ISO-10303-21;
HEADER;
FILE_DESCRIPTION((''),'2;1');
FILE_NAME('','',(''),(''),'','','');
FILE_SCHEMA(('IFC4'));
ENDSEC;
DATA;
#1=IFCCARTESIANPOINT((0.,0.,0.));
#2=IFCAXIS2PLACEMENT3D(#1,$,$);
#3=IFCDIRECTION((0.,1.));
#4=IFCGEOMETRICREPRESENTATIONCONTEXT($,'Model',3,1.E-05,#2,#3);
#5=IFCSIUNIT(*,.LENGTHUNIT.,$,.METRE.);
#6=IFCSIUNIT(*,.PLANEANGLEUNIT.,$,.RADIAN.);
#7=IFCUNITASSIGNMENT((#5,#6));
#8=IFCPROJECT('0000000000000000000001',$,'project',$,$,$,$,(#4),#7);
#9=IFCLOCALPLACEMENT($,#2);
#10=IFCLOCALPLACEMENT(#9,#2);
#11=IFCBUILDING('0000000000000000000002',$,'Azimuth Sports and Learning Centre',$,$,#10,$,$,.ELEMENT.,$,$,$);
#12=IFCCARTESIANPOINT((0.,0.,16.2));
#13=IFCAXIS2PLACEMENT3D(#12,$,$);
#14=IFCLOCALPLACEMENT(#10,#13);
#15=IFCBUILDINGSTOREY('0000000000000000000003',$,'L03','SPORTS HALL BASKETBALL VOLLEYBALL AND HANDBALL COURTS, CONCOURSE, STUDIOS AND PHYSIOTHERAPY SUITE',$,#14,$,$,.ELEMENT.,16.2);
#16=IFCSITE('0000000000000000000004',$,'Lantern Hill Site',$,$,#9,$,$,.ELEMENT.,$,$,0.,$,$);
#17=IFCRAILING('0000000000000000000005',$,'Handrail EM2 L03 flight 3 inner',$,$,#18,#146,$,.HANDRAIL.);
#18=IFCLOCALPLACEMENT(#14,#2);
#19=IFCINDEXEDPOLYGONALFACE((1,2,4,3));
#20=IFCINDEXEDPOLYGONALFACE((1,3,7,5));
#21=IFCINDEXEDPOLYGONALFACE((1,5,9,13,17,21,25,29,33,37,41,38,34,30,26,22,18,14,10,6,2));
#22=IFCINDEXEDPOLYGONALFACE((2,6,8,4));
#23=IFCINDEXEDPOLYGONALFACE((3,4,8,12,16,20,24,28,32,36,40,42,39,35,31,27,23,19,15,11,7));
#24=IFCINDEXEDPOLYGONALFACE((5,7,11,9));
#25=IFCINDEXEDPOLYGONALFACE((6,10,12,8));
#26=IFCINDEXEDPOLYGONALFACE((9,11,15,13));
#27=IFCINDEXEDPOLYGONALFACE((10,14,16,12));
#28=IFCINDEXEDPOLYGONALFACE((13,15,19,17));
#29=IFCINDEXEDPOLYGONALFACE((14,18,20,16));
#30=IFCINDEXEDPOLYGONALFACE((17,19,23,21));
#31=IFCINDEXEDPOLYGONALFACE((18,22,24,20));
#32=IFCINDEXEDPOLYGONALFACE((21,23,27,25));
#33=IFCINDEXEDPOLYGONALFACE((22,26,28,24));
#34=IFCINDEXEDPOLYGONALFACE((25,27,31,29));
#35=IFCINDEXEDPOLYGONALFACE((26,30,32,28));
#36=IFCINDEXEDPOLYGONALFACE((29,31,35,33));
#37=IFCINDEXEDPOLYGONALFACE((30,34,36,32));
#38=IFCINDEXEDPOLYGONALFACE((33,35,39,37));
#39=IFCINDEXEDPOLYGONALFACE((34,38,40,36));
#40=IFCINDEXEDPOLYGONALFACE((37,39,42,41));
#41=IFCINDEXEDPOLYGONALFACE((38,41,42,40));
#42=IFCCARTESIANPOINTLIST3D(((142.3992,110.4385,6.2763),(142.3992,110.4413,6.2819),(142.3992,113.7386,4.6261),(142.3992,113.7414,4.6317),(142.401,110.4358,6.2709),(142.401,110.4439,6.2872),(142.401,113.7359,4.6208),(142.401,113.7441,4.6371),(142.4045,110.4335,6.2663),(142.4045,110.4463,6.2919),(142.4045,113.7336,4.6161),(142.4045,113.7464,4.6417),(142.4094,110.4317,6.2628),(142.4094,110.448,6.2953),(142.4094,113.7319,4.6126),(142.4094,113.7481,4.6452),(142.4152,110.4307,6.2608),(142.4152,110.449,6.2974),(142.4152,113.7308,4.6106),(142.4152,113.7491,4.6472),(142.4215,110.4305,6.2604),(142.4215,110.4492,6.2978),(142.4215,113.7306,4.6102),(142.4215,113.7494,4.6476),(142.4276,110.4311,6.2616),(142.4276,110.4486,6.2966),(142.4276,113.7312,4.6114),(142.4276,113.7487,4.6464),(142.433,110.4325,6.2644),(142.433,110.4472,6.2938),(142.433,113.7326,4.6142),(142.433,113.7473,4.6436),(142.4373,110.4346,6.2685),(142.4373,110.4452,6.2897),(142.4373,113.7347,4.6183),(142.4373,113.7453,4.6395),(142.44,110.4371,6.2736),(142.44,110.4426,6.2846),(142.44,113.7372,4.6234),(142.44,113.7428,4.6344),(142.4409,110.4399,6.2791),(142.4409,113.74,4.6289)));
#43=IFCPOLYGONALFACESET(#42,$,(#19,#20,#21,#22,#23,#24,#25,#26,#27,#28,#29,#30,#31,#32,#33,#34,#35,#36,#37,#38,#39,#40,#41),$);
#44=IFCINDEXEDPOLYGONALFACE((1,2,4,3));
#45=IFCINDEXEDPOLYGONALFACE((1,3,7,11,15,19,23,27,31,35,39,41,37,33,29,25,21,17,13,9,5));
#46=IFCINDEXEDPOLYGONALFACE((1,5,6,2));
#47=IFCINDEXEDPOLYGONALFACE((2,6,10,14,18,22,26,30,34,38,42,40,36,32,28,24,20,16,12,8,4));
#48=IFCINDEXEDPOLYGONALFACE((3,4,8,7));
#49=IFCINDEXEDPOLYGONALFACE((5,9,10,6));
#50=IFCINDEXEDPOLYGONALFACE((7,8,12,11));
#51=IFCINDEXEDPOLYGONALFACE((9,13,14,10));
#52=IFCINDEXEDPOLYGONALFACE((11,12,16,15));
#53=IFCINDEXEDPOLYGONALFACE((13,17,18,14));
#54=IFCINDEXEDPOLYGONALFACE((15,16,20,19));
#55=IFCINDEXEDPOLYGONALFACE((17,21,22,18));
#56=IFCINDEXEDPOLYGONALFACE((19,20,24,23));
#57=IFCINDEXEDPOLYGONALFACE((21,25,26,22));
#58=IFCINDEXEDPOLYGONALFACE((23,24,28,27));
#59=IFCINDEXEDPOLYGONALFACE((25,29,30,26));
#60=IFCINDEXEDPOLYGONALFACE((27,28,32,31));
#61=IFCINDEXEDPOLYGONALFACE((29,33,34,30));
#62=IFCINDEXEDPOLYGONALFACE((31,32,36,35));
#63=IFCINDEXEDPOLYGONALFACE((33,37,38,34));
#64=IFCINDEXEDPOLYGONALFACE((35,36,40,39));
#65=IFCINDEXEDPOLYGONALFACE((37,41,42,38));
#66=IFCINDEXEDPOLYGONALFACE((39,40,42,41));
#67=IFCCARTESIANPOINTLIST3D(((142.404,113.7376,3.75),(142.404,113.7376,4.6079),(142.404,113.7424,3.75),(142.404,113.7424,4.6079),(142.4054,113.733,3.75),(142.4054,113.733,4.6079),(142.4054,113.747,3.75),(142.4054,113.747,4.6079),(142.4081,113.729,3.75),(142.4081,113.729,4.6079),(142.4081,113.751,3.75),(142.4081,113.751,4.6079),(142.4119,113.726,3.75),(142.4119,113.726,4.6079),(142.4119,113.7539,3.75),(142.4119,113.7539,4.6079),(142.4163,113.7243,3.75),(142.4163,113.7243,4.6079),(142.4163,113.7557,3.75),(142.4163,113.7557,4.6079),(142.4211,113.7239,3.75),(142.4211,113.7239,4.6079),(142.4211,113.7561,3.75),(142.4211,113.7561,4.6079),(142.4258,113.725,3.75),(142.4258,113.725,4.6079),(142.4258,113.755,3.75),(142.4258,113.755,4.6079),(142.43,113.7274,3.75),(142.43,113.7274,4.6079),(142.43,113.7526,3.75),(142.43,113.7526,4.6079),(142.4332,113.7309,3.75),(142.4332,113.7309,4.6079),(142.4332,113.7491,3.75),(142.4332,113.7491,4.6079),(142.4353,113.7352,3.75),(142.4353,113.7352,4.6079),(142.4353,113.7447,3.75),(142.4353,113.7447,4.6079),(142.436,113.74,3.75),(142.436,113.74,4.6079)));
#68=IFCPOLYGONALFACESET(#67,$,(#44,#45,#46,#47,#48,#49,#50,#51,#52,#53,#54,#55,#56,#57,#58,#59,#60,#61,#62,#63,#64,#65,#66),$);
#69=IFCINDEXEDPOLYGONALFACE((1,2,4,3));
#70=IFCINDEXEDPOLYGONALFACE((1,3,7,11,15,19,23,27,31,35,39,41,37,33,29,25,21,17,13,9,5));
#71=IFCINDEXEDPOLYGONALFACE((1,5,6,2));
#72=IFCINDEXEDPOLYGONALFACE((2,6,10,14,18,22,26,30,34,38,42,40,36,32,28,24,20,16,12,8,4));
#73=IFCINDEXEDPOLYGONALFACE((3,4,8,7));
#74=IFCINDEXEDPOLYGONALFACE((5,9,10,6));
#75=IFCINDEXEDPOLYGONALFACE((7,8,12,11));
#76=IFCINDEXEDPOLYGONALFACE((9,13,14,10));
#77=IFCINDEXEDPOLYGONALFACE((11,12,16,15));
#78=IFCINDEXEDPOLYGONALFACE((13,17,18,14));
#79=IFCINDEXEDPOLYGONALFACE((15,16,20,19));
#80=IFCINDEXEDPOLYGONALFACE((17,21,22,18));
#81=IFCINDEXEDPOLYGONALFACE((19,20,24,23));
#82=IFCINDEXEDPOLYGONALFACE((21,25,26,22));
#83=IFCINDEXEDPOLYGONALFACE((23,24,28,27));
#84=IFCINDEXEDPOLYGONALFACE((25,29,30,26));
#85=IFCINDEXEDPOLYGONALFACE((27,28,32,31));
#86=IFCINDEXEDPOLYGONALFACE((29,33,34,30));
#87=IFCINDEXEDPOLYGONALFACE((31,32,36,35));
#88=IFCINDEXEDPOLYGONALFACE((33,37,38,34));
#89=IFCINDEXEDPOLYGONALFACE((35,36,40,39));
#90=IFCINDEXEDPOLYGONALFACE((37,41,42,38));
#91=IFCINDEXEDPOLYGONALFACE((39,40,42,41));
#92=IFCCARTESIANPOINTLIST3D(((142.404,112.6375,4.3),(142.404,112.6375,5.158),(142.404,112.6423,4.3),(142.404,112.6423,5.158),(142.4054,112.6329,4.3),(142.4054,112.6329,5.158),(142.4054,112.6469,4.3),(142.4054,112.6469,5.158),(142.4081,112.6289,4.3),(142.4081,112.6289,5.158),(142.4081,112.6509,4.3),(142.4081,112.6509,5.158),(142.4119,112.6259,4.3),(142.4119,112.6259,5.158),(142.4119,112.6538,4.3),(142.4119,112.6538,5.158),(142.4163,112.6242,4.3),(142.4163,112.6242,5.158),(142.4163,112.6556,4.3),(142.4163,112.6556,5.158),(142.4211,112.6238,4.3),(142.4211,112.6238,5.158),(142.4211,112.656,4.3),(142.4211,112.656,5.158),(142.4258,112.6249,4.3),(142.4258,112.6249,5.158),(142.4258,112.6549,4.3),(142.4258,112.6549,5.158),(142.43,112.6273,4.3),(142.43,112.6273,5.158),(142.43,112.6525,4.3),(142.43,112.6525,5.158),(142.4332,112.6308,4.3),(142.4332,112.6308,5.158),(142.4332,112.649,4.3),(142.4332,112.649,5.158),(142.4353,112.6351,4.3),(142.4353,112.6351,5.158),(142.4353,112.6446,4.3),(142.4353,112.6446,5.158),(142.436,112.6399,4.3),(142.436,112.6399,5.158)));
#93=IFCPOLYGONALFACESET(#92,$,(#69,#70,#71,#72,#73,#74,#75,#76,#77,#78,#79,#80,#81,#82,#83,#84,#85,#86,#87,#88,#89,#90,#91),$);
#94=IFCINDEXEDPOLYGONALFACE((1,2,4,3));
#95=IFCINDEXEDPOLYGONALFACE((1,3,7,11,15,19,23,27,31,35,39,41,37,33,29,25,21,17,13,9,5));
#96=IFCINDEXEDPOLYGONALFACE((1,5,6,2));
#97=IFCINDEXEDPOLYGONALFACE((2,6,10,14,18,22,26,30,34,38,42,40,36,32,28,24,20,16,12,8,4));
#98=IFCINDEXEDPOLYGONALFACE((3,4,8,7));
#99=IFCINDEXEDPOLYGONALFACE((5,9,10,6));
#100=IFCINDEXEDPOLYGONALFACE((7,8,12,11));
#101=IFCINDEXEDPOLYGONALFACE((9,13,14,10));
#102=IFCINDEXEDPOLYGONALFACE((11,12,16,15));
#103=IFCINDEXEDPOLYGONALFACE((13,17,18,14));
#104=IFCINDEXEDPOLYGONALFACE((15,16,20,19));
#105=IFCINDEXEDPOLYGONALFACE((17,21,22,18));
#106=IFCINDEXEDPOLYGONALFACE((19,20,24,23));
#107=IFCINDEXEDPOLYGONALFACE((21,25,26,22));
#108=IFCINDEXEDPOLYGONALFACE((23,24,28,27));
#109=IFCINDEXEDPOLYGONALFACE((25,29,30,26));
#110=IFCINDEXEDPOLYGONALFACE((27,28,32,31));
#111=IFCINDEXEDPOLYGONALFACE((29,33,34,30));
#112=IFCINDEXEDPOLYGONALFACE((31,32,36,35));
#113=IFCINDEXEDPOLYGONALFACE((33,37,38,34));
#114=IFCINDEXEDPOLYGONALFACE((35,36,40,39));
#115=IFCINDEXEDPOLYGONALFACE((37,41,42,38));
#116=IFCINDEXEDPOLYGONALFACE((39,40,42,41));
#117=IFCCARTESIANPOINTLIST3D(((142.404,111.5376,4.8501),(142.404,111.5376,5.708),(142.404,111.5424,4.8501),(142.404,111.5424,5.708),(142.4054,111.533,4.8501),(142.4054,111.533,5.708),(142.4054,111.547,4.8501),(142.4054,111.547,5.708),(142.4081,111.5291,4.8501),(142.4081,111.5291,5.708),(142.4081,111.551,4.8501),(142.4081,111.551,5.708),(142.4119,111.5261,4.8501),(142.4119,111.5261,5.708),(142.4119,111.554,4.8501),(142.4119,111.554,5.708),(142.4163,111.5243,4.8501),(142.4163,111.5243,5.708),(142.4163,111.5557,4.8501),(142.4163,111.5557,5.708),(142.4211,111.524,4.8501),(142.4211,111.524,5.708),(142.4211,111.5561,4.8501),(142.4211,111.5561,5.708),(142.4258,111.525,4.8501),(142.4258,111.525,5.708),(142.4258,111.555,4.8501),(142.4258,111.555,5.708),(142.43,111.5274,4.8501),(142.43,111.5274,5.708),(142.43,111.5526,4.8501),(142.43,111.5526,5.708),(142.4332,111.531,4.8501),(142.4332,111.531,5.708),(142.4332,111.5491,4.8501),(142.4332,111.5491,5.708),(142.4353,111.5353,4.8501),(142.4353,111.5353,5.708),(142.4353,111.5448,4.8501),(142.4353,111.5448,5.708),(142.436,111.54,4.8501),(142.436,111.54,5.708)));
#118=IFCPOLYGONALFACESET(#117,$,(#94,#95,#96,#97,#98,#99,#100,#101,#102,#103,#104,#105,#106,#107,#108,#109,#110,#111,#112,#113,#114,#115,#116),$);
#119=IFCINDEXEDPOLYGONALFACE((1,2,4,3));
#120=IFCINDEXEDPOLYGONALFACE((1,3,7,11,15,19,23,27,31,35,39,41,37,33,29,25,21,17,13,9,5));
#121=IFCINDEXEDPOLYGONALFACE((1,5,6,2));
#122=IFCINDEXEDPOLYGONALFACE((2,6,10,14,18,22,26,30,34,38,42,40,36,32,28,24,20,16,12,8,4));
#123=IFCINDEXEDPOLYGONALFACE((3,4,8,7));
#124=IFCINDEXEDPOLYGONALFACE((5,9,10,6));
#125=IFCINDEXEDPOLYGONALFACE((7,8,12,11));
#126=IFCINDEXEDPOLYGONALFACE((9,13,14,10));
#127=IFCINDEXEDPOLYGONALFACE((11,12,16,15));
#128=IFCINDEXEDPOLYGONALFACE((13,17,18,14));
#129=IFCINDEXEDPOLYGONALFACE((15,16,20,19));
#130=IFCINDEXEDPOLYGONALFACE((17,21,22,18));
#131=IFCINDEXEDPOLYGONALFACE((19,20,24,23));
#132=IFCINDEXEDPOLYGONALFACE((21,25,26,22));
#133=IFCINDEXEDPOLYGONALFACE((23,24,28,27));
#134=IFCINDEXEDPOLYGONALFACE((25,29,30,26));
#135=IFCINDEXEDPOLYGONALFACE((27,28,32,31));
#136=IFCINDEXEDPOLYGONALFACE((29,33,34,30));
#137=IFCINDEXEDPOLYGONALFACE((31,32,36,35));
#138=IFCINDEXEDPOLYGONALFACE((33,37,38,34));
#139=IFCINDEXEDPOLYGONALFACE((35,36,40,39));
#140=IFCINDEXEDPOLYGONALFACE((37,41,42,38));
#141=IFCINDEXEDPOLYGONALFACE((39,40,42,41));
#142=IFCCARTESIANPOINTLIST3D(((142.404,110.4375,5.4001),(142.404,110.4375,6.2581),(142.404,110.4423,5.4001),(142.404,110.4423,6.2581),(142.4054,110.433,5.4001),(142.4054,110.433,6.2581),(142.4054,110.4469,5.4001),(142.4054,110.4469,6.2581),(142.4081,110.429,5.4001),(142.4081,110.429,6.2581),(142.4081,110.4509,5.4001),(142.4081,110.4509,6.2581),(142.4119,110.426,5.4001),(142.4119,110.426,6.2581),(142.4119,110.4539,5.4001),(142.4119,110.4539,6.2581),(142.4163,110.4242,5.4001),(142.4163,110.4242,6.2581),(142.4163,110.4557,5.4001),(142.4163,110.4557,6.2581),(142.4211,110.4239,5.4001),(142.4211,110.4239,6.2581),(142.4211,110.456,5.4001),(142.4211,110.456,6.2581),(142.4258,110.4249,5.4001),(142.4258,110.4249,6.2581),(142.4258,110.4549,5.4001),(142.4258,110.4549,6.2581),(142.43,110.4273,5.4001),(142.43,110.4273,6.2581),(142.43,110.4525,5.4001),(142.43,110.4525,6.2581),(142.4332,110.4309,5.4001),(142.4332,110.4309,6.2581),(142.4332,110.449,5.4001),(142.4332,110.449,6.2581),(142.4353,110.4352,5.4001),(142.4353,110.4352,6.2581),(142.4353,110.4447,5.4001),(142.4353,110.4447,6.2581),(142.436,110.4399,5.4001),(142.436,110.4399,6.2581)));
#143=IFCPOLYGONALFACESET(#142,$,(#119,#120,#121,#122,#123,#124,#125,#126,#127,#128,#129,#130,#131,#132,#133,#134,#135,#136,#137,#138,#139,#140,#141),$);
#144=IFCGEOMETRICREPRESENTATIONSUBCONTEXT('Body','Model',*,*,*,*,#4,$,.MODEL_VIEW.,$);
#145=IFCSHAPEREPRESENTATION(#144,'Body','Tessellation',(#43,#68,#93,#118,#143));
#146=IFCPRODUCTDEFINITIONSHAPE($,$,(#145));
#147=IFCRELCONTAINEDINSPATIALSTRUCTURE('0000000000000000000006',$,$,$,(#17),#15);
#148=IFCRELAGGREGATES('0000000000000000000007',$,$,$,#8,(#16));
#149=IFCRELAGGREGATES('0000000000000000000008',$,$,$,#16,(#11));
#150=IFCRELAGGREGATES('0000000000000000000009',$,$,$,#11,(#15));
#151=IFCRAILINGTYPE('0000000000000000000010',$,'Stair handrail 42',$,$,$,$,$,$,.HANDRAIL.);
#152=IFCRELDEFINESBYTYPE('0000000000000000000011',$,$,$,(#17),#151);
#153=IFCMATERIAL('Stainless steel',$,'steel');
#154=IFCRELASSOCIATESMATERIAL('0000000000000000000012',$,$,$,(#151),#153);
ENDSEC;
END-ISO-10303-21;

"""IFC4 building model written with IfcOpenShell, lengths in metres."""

from ifc_helpers import new_model, si_unit, direction, frame, origin, origin_2d, place, context, subcontext, project, spatial, circle, extrude, material, type_object, element, save


model = new_model("IFC4")

# Units and contexts
model_context = context("Model", 3, precision=1e-05, world=origin(), true_north=direction((0.0, 1.0)))
body_context = subcontext(model_context, "Body", "Model", "MODEL_VIEW")
ifc_project = project(units=[si_unit("LENGTHUNIT", "METRE"), si_unit("PLANEANGLEUNIT", "RADIAN")], contexts=[model_context])

# Site, building, storey
site_placement = place(None, origin())
site = spatial("IfcSite", under=ifc_project, at=site_placement, Name="Lantern Hill Site", CompositionType="ELEMENT", RefElevation=0.0)
building_placement = place(site_placement, origin())
building = spatial("IfcBuilding", under=site, at=building_placement, Name="Azimuth Sports and Learning Centre", CompositionType="ELEMENT")
storey_placement = place(building_placement, frame((0.0, 0.0, 16.2)))
storey = spatial("IfcBuildingStorey", under=building, at=storey_placement, Name="L03", Description="SPORTS HALL BASKETBALL VOLLEYBALL AND HANDBALL COURTS, CONCOURSE, STUDIOS AND PHYSIOTHERAPY SUITE", CompositionType="ELEMENT", Elevation=16.2)

# Railing
ifc_material_1 = material(Name="Stainless steel", Category="steel")
railing_type = type_object("IfcRailingType", Name="Stair handrail 42", PredefinedType="HANDRAIL", material=ifc_material_1)
railing_placement = place(storey_placement, frame((142.4199, 113.74, 3.75)))
element("IfcRailing", 1, at=railing_placement, inside=storey, type_object=railing_type, Name="Handrail EM2 L03 flight 3 inner", PredefinedType="HANDRAIL", context=body_context, shape_type="SweptSolid", body=[
    extrude(circle(Radius=0.021, at=origin_2d()), frame((0.0, 0.0, 0.8789), z_axis=(0.0, -0.894414, 0.44724), x_axis=(1.0, 0.0, 0.0)), (0.0, 0.0, 1.0), 3.6897),
    extrude(circle(Radius=0.0161, at=origin_2d()), origin(), (0.0, 0.0, 1.0), 0.8579),
    extrude(circle(Radius=0.0161, at=origin_2d()), frame((0.0, -1.1001, 0.55)), (0.0, 0.0, 1.0), 0.8579),
    extrude(circle(Radius=0.0161, at=origin_2d()), frame((0.0, -2.2, 1.1001)), (0.0, 0.0, 1.0), 0.8579),
    extrude(circle(Radius=0.0161, at=origin_2d()), frame((0.0, -3.3, 1.6501)), (0.0, 0.0, 1.0), 0.8579),
])

save(model, "model.ifc")
